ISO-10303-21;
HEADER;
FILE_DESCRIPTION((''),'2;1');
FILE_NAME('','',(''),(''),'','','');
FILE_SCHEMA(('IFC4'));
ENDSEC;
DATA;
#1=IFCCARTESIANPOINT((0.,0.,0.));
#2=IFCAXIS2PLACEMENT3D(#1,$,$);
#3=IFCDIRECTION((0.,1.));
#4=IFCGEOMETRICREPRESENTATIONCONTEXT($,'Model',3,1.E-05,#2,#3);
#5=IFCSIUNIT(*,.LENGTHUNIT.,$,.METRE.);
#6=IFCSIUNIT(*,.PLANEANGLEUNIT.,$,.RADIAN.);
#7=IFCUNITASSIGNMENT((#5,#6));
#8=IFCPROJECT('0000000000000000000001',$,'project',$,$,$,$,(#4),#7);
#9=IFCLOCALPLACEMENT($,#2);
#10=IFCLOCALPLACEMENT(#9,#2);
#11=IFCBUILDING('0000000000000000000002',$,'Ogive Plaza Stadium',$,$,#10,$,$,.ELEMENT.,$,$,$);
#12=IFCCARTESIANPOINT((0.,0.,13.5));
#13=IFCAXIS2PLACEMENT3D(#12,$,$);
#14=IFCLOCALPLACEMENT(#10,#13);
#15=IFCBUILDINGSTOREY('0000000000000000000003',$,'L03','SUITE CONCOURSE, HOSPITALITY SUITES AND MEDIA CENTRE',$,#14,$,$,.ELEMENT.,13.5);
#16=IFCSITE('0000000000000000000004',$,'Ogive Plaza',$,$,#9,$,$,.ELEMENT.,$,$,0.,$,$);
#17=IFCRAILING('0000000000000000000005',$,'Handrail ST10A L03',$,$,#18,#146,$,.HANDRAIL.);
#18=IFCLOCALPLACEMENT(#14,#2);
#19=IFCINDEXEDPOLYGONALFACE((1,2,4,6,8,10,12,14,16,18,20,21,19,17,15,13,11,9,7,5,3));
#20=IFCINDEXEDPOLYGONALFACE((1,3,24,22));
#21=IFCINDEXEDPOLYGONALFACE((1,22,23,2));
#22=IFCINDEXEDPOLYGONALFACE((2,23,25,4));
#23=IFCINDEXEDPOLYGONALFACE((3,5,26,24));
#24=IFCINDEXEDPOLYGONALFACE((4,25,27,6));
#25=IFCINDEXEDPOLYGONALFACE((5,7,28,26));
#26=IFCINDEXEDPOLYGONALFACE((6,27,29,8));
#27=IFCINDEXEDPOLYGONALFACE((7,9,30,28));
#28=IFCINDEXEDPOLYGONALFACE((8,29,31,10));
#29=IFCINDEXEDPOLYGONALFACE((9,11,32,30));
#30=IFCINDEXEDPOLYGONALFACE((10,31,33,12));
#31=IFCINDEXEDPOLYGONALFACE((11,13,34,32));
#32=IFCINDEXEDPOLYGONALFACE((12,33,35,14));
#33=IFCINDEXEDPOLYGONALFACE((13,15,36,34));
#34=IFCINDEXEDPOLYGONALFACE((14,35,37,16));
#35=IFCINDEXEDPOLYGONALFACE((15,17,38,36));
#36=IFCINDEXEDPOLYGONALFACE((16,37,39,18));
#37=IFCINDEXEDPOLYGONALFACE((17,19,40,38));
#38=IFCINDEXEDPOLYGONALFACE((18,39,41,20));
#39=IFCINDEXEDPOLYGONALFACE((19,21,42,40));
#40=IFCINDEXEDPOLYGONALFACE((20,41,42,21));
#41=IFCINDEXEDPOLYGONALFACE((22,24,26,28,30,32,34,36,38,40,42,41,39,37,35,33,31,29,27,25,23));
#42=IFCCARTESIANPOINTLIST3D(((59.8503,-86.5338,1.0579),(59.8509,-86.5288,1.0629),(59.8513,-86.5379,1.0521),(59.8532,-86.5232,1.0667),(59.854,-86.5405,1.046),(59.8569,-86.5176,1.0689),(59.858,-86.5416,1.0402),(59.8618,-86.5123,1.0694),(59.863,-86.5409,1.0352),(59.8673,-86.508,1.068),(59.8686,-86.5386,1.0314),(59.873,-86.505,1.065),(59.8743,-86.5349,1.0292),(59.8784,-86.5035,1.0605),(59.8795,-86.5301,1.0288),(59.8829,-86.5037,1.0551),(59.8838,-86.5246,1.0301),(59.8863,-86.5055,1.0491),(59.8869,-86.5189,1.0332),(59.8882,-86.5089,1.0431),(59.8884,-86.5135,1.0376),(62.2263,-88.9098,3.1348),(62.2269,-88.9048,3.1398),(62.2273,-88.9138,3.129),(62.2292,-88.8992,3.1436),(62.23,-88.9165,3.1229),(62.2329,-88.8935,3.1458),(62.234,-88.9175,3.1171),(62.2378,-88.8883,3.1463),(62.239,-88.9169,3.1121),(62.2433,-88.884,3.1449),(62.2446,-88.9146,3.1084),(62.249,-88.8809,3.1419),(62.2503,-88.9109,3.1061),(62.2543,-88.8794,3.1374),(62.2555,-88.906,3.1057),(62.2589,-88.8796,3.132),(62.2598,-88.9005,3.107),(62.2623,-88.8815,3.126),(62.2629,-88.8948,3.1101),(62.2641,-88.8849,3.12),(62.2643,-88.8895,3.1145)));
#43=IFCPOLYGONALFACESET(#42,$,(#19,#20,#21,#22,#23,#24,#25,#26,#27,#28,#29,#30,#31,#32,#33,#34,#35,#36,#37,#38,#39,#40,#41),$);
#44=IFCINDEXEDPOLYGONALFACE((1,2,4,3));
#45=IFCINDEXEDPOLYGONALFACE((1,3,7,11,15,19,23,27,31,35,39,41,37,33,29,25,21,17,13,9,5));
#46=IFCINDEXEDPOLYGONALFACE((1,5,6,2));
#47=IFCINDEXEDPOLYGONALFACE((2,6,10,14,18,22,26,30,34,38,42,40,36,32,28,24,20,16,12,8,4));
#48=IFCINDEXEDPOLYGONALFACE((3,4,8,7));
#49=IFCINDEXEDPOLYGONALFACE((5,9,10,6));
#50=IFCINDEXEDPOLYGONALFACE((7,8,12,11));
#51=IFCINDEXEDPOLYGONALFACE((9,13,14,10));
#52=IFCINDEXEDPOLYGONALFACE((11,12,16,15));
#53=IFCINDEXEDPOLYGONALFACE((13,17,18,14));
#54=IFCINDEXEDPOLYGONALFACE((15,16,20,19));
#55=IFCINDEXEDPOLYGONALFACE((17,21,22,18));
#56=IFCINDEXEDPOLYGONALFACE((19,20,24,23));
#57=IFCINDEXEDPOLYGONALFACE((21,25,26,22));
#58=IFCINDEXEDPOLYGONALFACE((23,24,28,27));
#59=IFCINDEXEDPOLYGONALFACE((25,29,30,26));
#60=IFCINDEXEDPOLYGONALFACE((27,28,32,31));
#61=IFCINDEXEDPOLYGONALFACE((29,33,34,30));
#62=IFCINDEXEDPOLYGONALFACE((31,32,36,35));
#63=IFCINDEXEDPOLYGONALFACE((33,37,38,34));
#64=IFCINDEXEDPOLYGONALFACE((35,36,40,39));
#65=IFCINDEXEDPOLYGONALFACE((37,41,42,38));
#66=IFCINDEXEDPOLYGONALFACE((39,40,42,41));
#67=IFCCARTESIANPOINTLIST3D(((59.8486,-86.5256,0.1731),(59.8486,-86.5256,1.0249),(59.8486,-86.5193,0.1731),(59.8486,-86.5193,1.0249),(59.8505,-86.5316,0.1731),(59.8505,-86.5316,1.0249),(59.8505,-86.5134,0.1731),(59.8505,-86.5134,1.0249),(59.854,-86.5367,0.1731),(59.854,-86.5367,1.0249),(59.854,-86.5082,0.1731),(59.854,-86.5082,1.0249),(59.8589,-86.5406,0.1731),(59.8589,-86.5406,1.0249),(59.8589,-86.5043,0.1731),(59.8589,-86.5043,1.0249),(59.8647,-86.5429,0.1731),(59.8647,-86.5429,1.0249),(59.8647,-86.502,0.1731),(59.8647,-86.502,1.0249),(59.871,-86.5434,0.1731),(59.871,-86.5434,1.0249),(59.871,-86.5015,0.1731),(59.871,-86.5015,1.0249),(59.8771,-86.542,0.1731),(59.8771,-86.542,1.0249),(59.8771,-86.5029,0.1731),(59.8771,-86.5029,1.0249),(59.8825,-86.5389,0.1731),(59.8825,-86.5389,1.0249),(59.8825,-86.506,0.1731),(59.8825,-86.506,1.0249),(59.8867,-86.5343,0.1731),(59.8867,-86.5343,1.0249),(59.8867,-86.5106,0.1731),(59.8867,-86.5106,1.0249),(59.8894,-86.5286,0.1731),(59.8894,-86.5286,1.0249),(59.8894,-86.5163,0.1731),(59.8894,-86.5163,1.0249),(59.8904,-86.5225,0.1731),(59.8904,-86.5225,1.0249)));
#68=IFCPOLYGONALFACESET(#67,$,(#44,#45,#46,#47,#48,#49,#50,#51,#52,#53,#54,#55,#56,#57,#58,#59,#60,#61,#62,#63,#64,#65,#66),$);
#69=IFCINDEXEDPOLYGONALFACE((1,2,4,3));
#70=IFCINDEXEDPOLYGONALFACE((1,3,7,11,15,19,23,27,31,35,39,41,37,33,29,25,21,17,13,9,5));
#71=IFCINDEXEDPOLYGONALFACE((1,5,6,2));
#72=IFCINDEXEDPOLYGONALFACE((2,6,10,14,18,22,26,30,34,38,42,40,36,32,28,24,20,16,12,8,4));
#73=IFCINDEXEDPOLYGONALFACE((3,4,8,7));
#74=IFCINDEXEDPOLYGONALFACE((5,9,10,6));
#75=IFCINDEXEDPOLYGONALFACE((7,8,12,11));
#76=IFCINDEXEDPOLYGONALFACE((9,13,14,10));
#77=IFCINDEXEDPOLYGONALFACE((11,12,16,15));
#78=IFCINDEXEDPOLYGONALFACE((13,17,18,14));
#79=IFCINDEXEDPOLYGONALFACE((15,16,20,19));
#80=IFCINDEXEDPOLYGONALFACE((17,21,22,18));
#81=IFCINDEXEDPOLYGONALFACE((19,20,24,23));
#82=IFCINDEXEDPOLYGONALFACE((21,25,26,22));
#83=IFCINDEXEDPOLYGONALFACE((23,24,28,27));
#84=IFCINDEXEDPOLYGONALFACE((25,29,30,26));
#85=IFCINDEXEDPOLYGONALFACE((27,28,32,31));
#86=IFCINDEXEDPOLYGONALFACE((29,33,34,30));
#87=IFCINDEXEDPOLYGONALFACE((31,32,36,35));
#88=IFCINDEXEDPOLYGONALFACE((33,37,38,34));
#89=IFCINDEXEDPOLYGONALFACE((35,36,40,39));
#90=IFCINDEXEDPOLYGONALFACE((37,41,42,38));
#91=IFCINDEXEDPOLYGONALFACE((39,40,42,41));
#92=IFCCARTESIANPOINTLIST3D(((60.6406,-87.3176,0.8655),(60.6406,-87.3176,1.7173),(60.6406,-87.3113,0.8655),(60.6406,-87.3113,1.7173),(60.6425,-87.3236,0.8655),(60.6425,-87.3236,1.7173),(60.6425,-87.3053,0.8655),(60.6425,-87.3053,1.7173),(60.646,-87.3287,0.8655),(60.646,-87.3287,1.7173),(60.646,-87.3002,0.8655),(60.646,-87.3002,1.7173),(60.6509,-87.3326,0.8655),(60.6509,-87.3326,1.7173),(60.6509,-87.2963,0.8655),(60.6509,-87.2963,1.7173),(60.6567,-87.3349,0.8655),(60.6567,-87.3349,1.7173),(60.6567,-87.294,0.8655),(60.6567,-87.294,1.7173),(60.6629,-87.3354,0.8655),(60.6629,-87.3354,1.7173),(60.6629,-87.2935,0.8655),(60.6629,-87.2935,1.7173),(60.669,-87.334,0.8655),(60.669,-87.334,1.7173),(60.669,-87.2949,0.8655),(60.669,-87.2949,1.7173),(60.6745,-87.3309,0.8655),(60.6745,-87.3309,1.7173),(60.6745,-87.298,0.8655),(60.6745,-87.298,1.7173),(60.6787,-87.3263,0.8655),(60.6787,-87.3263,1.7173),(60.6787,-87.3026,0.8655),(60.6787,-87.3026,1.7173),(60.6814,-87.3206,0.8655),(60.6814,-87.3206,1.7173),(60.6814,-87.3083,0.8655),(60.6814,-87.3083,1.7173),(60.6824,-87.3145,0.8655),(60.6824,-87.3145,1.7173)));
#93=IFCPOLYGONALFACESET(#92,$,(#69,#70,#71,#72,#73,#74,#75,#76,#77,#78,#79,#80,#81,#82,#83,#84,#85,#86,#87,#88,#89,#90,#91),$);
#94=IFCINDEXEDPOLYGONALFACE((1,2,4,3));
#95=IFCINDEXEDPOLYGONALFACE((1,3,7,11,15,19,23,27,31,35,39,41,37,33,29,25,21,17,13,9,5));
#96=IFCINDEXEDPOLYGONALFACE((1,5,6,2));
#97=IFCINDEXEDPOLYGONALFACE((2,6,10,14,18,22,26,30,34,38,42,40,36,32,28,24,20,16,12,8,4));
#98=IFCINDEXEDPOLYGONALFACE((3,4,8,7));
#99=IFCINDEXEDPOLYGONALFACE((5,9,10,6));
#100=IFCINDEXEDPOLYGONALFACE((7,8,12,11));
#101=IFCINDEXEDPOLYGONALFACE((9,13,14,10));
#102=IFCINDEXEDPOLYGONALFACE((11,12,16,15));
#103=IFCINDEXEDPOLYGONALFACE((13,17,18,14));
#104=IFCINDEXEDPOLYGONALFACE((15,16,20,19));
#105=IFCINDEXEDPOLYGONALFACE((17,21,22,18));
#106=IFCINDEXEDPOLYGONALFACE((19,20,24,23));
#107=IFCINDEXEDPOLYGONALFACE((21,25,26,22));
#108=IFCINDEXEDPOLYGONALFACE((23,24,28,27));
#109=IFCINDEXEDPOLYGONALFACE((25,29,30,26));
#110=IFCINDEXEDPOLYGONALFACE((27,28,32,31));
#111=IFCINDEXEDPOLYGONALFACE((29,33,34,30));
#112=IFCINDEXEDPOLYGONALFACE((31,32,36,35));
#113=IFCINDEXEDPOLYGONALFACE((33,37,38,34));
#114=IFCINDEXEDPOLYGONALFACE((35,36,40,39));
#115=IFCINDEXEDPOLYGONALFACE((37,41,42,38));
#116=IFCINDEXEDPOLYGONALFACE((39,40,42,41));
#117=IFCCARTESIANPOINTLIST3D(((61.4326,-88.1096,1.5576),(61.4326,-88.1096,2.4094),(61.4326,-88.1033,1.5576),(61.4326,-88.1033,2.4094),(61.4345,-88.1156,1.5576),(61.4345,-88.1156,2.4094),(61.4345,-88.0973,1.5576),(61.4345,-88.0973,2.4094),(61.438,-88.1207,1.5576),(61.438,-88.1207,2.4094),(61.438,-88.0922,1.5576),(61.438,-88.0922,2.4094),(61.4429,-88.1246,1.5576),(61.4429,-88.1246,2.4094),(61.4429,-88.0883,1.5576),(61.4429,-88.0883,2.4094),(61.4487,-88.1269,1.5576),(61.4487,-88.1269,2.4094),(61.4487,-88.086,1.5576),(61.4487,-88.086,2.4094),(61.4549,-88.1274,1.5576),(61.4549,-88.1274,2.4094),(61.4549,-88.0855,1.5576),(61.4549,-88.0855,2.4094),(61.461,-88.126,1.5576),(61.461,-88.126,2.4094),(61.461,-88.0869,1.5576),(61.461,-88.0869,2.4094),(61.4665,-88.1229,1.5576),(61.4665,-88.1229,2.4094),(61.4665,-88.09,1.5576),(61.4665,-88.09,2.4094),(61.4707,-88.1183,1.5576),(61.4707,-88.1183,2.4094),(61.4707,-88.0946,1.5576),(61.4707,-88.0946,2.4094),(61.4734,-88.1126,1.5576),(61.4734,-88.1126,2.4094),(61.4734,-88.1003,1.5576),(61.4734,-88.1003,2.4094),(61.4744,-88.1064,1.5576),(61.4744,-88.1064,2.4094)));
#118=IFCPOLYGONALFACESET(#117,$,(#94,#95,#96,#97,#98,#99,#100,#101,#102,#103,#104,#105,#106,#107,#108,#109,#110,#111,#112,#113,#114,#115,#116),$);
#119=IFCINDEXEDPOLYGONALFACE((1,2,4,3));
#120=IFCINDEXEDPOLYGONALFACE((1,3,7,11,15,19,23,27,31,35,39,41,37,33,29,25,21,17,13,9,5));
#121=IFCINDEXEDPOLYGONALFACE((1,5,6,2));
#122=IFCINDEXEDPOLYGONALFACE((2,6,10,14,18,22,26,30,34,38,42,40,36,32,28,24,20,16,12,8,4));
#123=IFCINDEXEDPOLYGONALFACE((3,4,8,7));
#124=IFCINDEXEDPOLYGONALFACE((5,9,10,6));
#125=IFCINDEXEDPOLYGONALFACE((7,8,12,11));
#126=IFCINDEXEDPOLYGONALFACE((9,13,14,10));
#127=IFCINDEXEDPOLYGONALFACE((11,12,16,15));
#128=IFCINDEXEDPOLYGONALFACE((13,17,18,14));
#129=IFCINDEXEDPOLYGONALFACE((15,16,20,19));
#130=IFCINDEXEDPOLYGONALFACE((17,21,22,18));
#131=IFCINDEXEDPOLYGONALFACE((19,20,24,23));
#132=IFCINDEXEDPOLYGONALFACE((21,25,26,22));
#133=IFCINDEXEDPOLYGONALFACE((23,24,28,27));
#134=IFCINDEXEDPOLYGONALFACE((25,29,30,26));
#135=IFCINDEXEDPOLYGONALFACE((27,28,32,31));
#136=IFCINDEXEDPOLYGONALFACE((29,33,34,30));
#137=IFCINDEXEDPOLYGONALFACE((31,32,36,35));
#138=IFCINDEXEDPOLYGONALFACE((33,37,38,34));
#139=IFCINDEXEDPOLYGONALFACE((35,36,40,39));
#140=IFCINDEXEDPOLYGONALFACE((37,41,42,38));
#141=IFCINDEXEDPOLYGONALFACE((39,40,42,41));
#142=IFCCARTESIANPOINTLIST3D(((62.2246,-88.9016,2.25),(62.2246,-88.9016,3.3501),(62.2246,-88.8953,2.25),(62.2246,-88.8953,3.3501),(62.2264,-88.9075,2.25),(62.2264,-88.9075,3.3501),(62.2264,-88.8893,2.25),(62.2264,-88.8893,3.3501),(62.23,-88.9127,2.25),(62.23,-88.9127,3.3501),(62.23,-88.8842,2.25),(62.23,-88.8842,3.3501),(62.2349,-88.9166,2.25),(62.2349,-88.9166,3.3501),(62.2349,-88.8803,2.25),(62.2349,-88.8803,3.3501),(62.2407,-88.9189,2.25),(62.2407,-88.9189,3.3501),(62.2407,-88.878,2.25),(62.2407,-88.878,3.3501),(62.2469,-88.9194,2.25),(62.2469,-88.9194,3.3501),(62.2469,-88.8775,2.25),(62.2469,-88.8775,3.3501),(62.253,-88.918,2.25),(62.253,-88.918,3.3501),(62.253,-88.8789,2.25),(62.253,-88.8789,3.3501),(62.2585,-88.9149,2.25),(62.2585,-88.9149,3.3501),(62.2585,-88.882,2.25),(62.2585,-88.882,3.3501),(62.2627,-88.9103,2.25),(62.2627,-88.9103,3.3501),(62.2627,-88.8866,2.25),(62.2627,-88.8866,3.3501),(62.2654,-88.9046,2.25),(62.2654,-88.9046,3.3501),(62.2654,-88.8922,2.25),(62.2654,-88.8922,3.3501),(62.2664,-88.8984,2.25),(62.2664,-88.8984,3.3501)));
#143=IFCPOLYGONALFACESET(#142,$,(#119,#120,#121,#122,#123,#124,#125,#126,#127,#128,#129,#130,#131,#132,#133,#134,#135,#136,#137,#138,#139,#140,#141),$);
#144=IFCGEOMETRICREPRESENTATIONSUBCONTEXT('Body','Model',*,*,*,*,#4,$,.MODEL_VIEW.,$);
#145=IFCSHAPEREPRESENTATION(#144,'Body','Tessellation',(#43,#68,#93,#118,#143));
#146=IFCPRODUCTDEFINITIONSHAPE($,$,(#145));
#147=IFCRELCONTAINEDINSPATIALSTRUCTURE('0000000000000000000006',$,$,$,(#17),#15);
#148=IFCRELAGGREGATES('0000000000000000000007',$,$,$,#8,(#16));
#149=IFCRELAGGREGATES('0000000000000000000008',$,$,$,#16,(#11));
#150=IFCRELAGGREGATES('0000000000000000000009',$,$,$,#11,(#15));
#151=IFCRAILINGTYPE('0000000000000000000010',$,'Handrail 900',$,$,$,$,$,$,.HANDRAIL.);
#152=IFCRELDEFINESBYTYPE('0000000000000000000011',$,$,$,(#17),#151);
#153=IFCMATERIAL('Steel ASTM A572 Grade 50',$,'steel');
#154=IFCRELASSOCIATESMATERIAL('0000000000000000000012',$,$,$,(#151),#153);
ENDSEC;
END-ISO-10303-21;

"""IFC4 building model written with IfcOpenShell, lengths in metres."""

from ifc_helpers import new_model, si_unit, direction, frame, origin, origin_2d, place, context, subcontext, project, spatial, circle, extrude, material, type_object, element, save


model = new_model("IFC4")

# Units and contexts
model_context = context("Model", 3, precision=1e-05, world=origin(), true_north=direction((0.0, 1.0)))
body_context = subcontext(model_context, "Body", "Model", "MODEL_VIEW")
ifc_project = project(units=[si_unit("LENGTHUNIT", "METRE"), si_unit("PLANEANGLEUNIT", "RADIAN")], contexts=[model_context])

# Site, building, storey
site_placement = place(None, origin())
site = spatial("IfcSite", under=ifc_project, at=site_placement, Name="Ogive Plaza", CompositionType="ELEMENT", RefElevation=0.0)
building_placement = place(site_placement, origin())
building = spatial("IfcBuilding", under=site, at=building_placement, Name="Ogive Plaza Stadium", CompositionType="ELEMENT")
storey_placement = place(building_placement, frame((0.0, 0.0, 13.5)))
storey = spatial("IfcBuildingStorey", under=building, at=storey_placement, Name="L03", Description="SUITE CONCOURSE, HOSPITALITY SUITES AND MEDIA CENTRE", CompositionType="ELEMENT", Elevation=13.5)

# Railing
ifc_material_1 = material(Name="Steel ASTM A572 Grade 50", Category="steel")
railing_type_1 = type_object("IfcRailingType", Name="Handrail 900", PredefinedType="HANDRAIL", material=ifc_material_1)
railing_1_placement = place(storey_placement, frame((59.8694, -86.5225, 0.1731)))
element("IfcRailing", 1, at=railing_1_placement, inside=storey, type_object=railing_type_1, Name="Handrail ST10A L03", PredefinedType="HANDRAIL", context=body_context, shape_type="SweptSolid", body=[
    extrude(circle(Radius=0.0239, at=origin_2d()), frame((0.0, 0.0, 0.876), z_axis=(0.601483, -0.601483, 0.525772), x_axis=(0.707107, 0.707107, 0.0)), (0.0, 0.0, 1.0), 3.9502),
    extrude(circle(Radius=0.021, at=origin_2d()), origin(), (0.0, 0.0, 1.0), 0.8518),
    extrude(circle(Radius=0.021, at=origin_2d()), frame((0.792, -0.792, 0.6924)), (0.0, 0.0, 1.0), 0.8518),
    extrude(circle(Radius=0.021, at=origin_2d()), frame((1.584, -1.584, 1.3845)), (0.0, 0.0, 1.0), 0.8518),
    extrude(circle(Radius=0.021, at=origin_2d()), frame((2.376, -2.376, 2.0769)), (0.0, 0.0, 1.0), 1.1001),
])

save(model, "model.ifc")
